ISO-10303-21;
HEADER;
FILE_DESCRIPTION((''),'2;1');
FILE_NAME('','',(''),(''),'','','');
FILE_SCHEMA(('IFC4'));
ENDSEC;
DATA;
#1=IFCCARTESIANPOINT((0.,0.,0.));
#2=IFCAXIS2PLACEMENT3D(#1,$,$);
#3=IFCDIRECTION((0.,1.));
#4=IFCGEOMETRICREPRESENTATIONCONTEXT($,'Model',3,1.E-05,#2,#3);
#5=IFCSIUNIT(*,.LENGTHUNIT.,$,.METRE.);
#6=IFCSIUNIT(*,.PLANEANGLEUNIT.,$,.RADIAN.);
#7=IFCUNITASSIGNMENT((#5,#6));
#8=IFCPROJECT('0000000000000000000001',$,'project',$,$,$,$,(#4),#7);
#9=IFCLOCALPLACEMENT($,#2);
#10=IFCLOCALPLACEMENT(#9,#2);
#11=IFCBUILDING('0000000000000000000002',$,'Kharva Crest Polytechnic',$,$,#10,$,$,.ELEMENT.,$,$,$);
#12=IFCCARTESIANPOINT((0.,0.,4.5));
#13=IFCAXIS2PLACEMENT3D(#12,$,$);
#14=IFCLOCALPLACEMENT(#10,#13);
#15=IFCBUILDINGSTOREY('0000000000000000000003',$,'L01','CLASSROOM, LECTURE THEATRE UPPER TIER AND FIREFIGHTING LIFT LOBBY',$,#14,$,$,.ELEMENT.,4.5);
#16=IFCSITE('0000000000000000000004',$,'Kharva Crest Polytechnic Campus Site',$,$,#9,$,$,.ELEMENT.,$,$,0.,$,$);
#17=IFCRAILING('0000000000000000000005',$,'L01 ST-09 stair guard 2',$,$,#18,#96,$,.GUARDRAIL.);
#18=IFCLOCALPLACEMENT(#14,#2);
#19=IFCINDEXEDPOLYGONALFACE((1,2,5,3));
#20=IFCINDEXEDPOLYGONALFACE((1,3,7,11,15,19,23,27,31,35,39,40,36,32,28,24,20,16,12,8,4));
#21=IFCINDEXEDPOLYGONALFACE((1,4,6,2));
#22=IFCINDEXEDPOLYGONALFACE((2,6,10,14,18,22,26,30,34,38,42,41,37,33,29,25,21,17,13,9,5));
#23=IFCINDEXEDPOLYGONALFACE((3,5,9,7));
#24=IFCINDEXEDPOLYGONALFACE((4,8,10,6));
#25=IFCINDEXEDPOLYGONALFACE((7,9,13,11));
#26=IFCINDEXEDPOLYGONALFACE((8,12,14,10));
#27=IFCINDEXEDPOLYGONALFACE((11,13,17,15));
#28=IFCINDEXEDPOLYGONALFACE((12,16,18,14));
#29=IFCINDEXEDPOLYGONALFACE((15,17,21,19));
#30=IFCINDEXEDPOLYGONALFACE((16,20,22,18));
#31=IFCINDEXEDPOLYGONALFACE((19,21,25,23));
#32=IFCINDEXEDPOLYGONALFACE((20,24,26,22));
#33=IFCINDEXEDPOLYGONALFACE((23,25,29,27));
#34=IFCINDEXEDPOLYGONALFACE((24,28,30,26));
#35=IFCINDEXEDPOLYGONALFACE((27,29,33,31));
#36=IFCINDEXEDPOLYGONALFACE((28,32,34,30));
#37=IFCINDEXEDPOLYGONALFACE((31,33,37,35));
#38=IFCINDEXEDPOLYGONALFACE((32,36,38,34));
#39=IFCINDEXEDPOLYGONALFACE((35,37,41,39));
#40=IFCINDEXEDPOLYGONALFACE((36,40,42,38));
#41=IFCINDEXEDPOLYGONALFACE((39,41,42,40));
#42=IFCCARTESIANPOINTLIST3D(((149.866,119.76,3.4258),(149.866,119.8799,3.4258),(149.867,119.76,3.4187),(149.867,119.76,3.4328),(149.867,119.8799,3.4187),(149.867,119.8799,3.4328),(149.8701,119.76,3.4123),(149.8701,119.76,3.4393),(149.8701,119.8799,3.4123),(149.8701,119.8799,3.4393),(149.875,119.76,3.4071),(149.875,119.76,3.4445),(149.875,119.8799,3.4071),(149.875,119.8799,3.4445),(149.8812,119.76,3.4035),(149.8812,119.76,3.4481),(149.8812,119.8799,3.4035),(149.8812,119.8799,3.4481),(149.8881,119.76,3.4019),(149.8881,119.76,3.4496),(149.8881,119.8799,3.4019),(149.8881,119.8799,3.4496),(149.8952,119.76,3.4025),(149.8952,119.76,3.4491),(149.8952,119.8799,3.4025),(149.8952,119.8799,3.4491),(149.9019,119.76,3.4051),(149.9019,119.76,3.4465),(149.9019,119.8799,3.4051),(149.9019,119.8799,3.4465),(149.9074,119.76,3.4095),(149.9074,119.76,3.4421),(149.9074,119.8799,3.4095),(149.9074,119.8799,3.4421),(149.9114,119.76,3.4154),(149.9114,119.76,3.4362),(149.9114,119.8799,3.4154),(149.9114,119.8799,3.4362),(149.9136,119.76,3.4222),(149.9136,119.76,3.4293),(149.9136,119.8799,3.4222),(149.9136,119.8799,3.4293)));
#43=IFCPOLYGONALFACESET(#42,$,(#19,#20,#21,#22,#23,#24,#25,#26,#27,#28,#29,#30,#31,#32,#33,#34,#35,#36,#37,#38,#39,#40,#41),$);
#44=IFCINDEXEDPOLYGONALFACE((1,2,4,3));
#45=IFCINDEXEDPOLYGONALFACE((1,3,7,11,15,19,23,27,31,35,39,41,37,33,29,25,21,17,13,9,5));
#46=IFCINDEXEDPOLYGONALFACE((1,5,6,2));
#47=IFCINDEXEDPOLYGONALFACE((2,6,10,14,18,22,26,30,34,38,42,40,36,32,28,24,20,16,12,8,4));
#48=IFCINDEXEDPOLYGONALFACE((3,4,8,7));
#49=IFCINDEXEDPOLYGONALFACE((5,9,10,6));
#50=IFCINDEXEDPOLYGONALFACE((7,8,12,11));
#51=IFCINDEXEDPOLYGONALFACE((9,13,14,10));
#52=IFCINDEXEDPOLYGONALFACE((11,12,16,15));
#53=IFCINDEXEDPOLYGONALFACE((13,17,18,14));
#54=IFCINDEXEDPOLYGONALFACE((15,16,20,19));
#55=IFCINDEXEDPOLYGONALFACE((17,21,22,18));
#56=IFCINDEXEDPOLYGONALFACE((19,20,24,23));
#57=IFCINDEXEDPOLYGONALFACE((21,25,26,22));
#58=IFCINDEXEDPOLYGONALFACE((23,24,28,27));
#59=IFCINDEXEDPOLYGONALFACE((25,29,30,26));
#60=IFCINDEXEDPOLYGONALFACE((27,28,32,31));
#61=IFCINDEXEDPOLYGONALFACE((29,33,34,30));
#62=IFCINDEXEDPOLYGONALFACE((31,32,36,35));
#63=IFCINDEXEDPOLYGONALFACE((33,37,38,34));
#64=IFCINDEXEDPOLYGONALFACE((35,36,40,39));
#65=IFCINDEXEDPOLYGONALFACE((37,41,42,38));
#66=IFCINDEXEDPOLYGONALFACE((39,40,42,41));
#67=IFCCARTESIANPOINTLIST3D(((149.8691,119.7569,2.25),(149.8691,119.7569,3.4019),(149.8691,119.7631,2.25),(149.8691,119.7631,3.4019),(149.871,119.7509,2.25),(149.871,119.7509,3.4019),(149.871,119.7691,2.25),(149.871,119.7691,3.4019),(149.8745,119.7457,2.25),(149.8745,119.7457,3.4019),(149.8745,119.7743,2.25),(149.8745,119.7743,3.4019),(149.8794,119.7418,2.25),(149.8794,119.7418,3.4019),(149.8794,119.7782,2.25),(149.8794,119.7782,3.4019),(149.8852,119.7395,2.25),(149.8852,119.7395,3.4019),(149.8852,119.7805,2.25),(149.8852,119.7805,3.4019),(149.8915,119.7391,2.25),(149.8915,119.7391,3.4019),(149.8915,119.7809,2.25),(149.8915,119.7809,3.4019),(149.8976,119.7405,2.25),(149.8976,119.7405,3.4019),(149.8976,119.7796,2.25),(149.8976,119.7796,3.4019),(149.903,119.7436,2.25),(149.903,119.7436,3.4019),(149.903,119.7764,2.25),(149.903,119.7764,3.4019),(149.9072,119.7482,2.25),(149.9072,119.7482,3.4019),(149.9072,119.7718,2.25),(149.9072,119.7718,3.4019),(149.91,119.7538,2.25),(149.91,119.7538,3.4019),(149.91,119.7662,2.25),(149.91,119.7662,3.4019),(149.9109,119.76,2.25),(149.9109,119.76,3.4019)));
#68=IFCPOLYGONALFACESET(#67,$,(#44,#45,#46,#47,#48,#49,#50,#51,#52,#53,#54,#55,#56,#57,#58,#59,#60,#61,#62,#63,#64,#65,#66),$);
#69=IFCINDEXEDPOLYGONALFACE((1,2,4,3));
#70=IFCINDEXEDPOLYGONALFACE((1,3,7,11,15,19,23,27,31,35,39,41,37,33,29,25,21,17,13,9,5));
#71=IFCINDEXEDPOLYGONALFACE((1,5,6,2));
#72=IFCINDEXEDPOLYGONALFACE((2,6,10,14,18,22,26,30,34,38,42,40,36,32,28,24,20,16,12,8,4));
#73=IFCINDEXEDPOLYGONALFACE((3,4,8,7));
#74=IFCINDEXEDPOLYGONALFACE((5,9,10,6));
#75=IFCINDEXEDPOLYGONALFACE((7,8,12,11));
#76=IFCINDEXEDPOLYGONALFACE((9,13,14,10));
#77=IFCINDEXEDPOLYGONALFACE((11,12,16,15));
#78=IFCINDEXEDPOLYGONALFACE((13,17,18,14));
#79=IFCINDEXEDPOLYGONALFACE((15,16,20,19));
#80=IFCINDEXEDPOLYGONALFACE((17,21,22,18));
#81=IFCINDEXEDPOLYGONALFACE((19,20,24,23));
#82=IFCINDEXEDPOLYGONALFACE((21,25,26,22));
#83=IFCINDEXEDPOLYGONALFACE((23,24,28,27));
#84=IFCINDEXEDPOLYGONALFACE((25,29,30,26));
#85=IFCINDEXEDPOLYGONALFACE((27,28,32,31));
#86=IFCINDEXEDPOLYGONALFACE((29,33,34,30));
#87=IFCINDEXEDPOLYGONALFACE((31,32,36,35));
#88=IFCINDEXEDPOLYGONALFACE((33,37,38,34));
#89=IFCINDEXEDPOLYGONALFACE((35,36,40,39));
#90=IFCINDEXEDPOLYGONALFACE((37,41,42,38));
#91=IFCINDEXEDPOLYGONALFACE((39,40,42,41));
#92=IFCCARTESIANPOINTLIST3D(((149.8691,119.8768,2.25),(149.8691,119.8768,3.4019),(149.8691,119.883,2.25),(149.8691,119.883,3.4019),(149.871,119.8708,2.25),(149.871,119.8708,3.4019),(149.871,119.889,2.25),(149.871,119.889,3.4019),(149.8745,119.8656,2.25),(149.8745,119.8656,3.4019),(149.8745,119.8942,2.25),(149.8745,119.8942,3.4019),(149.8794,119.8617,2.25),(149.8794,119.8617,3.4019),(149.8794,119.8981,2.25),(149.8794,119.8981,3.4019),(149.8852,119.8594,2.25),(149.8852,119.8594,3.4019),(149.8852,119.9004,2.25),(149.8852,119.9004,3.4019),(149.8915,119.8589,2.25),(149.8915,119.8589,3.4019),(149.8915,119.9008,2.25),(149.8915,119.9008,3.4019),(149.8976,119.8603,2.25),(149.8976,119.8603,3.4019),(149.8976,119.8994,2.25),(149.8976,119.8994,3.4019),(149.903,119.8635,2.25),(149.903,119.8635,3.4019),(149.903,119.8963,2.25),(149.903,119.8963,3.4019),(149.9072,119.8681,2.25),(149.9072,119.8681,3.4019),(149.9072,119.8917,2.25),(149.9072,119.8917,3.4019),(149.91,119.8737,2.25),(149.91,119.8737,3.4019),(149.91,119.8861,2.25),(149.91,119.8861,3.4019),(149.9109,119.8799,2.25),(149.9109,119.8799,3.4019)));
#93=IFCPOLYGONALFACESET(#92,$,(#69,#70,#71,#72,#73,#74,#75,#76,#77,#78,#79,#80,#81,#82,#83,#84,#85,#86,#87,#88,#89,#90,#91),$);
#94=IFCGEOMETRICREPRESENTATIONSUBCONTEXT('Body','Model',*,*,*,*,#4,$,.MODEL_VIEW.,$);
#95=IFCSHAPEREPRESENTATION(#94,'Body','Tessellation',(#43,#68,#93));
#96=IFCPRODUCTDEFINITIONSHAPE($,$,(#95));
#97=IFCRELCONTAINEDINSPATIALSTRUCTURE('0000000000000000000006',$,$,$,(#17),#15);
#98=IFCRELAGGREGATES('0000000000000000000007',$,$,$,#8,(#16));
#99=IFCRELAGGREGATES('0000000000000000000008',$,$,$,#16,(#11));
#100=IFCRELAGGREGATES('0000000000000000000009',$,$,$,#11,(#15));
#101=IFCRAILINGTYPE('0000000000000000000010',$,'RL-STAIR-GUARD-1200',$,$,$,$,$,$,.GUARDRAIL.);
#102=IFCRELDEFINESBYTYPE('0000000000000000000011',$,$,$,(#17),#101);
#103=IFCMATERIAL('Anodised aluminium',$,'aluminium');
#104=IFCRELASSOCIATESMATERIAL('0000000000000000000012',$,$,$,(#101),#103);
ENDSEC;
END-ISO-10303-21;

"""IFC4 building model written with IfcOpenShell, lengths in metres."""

from ifc_helpers import new_model, si_unit, direction, frame, origin, origin_2d, place, context, subcontext, project, spatial, circle, extrude, material, type_object, element, save


model = new_model("IFC4")

# Units and contexts
model_context = context("Model", 3, precision=1e-05, world=origin(), true_north=direction((0.0, 1.0)))
body_context = subcontext(model_context, "Body", "Model", "MODEL_VIEW")
ifc_project = project(units=[si_unit("LENGTHUNIT", "METRE"), si_unit("PLANEANGLEUNIT", "RADIAN")], contexts=[model_context])

# Site, building, storey
site_placement = place(None, origin())
site = spatial("IfcSite", under=ifc_project, at=site_placement, Name="Kharva Crest Polytechnic Campus Site", CompositionType="ELEMENT", RefElevation=0.0)
building_placement = place(site_placement, origin())
building = spatial("IfcBuilding", under=site, at=building_placement, Name="Kharva Crest Polytechnic", CompositionType="ELEMENT")
storey_placement = place(building_placement, frame((0.0, 0.0, 4.5)))
storey = spatial("IfcBuildingStorey", under=building, at=storey_placement, Name="L01", Description="CLASSROOM, LECTURE THEATRE UPPER TIER AND FIREFIGHTING LIFT LOBBY", CompositionType="ELEMENT", Elevation=4.5)

# Railing
ifc_material_1 = material(Name="Anodised aluminium", Category="aluminium")
railing_type_1 = type_object("IfcRailingType", Name="RL-STAIR-GUARD-1200", PredefinedType="GUARDRAIL", material=ifc_material_1)
railing_1_placement = place(storey_placement, frame((149.8899, 119.76, 2.25)))
element("IfcRailing", 1, at=railing_1_placement, inside=storey, type_object=railing_type_1, Name="L01 ST-09 stair guard 2", PredefinedType="GUARDRAIL", context=body_context, shape_type="SweptSolid", body=[
    extrude(circle(Radius=0.0239, at=origin_2d()), frame((0.0, 0.0, 1.1758), z_axis=(0.0, 1.0, 0.0), x_axis=(-1.0, 0.0, 0.0)), (0.0, 0.0, 1.0), 0.1199),
    extrude(circle(Radius=0.021, at=origin_2d()), origin(), (0.0, 0.0, 1.0), 1.1519),
    extrude(circle(Radius=0.021, at=origin_2d()), frame((0.0, 0.1199, 0.0)), (0.0, 0.0, 1.0), 1.1519),
])

save(model, "model.ifc")
